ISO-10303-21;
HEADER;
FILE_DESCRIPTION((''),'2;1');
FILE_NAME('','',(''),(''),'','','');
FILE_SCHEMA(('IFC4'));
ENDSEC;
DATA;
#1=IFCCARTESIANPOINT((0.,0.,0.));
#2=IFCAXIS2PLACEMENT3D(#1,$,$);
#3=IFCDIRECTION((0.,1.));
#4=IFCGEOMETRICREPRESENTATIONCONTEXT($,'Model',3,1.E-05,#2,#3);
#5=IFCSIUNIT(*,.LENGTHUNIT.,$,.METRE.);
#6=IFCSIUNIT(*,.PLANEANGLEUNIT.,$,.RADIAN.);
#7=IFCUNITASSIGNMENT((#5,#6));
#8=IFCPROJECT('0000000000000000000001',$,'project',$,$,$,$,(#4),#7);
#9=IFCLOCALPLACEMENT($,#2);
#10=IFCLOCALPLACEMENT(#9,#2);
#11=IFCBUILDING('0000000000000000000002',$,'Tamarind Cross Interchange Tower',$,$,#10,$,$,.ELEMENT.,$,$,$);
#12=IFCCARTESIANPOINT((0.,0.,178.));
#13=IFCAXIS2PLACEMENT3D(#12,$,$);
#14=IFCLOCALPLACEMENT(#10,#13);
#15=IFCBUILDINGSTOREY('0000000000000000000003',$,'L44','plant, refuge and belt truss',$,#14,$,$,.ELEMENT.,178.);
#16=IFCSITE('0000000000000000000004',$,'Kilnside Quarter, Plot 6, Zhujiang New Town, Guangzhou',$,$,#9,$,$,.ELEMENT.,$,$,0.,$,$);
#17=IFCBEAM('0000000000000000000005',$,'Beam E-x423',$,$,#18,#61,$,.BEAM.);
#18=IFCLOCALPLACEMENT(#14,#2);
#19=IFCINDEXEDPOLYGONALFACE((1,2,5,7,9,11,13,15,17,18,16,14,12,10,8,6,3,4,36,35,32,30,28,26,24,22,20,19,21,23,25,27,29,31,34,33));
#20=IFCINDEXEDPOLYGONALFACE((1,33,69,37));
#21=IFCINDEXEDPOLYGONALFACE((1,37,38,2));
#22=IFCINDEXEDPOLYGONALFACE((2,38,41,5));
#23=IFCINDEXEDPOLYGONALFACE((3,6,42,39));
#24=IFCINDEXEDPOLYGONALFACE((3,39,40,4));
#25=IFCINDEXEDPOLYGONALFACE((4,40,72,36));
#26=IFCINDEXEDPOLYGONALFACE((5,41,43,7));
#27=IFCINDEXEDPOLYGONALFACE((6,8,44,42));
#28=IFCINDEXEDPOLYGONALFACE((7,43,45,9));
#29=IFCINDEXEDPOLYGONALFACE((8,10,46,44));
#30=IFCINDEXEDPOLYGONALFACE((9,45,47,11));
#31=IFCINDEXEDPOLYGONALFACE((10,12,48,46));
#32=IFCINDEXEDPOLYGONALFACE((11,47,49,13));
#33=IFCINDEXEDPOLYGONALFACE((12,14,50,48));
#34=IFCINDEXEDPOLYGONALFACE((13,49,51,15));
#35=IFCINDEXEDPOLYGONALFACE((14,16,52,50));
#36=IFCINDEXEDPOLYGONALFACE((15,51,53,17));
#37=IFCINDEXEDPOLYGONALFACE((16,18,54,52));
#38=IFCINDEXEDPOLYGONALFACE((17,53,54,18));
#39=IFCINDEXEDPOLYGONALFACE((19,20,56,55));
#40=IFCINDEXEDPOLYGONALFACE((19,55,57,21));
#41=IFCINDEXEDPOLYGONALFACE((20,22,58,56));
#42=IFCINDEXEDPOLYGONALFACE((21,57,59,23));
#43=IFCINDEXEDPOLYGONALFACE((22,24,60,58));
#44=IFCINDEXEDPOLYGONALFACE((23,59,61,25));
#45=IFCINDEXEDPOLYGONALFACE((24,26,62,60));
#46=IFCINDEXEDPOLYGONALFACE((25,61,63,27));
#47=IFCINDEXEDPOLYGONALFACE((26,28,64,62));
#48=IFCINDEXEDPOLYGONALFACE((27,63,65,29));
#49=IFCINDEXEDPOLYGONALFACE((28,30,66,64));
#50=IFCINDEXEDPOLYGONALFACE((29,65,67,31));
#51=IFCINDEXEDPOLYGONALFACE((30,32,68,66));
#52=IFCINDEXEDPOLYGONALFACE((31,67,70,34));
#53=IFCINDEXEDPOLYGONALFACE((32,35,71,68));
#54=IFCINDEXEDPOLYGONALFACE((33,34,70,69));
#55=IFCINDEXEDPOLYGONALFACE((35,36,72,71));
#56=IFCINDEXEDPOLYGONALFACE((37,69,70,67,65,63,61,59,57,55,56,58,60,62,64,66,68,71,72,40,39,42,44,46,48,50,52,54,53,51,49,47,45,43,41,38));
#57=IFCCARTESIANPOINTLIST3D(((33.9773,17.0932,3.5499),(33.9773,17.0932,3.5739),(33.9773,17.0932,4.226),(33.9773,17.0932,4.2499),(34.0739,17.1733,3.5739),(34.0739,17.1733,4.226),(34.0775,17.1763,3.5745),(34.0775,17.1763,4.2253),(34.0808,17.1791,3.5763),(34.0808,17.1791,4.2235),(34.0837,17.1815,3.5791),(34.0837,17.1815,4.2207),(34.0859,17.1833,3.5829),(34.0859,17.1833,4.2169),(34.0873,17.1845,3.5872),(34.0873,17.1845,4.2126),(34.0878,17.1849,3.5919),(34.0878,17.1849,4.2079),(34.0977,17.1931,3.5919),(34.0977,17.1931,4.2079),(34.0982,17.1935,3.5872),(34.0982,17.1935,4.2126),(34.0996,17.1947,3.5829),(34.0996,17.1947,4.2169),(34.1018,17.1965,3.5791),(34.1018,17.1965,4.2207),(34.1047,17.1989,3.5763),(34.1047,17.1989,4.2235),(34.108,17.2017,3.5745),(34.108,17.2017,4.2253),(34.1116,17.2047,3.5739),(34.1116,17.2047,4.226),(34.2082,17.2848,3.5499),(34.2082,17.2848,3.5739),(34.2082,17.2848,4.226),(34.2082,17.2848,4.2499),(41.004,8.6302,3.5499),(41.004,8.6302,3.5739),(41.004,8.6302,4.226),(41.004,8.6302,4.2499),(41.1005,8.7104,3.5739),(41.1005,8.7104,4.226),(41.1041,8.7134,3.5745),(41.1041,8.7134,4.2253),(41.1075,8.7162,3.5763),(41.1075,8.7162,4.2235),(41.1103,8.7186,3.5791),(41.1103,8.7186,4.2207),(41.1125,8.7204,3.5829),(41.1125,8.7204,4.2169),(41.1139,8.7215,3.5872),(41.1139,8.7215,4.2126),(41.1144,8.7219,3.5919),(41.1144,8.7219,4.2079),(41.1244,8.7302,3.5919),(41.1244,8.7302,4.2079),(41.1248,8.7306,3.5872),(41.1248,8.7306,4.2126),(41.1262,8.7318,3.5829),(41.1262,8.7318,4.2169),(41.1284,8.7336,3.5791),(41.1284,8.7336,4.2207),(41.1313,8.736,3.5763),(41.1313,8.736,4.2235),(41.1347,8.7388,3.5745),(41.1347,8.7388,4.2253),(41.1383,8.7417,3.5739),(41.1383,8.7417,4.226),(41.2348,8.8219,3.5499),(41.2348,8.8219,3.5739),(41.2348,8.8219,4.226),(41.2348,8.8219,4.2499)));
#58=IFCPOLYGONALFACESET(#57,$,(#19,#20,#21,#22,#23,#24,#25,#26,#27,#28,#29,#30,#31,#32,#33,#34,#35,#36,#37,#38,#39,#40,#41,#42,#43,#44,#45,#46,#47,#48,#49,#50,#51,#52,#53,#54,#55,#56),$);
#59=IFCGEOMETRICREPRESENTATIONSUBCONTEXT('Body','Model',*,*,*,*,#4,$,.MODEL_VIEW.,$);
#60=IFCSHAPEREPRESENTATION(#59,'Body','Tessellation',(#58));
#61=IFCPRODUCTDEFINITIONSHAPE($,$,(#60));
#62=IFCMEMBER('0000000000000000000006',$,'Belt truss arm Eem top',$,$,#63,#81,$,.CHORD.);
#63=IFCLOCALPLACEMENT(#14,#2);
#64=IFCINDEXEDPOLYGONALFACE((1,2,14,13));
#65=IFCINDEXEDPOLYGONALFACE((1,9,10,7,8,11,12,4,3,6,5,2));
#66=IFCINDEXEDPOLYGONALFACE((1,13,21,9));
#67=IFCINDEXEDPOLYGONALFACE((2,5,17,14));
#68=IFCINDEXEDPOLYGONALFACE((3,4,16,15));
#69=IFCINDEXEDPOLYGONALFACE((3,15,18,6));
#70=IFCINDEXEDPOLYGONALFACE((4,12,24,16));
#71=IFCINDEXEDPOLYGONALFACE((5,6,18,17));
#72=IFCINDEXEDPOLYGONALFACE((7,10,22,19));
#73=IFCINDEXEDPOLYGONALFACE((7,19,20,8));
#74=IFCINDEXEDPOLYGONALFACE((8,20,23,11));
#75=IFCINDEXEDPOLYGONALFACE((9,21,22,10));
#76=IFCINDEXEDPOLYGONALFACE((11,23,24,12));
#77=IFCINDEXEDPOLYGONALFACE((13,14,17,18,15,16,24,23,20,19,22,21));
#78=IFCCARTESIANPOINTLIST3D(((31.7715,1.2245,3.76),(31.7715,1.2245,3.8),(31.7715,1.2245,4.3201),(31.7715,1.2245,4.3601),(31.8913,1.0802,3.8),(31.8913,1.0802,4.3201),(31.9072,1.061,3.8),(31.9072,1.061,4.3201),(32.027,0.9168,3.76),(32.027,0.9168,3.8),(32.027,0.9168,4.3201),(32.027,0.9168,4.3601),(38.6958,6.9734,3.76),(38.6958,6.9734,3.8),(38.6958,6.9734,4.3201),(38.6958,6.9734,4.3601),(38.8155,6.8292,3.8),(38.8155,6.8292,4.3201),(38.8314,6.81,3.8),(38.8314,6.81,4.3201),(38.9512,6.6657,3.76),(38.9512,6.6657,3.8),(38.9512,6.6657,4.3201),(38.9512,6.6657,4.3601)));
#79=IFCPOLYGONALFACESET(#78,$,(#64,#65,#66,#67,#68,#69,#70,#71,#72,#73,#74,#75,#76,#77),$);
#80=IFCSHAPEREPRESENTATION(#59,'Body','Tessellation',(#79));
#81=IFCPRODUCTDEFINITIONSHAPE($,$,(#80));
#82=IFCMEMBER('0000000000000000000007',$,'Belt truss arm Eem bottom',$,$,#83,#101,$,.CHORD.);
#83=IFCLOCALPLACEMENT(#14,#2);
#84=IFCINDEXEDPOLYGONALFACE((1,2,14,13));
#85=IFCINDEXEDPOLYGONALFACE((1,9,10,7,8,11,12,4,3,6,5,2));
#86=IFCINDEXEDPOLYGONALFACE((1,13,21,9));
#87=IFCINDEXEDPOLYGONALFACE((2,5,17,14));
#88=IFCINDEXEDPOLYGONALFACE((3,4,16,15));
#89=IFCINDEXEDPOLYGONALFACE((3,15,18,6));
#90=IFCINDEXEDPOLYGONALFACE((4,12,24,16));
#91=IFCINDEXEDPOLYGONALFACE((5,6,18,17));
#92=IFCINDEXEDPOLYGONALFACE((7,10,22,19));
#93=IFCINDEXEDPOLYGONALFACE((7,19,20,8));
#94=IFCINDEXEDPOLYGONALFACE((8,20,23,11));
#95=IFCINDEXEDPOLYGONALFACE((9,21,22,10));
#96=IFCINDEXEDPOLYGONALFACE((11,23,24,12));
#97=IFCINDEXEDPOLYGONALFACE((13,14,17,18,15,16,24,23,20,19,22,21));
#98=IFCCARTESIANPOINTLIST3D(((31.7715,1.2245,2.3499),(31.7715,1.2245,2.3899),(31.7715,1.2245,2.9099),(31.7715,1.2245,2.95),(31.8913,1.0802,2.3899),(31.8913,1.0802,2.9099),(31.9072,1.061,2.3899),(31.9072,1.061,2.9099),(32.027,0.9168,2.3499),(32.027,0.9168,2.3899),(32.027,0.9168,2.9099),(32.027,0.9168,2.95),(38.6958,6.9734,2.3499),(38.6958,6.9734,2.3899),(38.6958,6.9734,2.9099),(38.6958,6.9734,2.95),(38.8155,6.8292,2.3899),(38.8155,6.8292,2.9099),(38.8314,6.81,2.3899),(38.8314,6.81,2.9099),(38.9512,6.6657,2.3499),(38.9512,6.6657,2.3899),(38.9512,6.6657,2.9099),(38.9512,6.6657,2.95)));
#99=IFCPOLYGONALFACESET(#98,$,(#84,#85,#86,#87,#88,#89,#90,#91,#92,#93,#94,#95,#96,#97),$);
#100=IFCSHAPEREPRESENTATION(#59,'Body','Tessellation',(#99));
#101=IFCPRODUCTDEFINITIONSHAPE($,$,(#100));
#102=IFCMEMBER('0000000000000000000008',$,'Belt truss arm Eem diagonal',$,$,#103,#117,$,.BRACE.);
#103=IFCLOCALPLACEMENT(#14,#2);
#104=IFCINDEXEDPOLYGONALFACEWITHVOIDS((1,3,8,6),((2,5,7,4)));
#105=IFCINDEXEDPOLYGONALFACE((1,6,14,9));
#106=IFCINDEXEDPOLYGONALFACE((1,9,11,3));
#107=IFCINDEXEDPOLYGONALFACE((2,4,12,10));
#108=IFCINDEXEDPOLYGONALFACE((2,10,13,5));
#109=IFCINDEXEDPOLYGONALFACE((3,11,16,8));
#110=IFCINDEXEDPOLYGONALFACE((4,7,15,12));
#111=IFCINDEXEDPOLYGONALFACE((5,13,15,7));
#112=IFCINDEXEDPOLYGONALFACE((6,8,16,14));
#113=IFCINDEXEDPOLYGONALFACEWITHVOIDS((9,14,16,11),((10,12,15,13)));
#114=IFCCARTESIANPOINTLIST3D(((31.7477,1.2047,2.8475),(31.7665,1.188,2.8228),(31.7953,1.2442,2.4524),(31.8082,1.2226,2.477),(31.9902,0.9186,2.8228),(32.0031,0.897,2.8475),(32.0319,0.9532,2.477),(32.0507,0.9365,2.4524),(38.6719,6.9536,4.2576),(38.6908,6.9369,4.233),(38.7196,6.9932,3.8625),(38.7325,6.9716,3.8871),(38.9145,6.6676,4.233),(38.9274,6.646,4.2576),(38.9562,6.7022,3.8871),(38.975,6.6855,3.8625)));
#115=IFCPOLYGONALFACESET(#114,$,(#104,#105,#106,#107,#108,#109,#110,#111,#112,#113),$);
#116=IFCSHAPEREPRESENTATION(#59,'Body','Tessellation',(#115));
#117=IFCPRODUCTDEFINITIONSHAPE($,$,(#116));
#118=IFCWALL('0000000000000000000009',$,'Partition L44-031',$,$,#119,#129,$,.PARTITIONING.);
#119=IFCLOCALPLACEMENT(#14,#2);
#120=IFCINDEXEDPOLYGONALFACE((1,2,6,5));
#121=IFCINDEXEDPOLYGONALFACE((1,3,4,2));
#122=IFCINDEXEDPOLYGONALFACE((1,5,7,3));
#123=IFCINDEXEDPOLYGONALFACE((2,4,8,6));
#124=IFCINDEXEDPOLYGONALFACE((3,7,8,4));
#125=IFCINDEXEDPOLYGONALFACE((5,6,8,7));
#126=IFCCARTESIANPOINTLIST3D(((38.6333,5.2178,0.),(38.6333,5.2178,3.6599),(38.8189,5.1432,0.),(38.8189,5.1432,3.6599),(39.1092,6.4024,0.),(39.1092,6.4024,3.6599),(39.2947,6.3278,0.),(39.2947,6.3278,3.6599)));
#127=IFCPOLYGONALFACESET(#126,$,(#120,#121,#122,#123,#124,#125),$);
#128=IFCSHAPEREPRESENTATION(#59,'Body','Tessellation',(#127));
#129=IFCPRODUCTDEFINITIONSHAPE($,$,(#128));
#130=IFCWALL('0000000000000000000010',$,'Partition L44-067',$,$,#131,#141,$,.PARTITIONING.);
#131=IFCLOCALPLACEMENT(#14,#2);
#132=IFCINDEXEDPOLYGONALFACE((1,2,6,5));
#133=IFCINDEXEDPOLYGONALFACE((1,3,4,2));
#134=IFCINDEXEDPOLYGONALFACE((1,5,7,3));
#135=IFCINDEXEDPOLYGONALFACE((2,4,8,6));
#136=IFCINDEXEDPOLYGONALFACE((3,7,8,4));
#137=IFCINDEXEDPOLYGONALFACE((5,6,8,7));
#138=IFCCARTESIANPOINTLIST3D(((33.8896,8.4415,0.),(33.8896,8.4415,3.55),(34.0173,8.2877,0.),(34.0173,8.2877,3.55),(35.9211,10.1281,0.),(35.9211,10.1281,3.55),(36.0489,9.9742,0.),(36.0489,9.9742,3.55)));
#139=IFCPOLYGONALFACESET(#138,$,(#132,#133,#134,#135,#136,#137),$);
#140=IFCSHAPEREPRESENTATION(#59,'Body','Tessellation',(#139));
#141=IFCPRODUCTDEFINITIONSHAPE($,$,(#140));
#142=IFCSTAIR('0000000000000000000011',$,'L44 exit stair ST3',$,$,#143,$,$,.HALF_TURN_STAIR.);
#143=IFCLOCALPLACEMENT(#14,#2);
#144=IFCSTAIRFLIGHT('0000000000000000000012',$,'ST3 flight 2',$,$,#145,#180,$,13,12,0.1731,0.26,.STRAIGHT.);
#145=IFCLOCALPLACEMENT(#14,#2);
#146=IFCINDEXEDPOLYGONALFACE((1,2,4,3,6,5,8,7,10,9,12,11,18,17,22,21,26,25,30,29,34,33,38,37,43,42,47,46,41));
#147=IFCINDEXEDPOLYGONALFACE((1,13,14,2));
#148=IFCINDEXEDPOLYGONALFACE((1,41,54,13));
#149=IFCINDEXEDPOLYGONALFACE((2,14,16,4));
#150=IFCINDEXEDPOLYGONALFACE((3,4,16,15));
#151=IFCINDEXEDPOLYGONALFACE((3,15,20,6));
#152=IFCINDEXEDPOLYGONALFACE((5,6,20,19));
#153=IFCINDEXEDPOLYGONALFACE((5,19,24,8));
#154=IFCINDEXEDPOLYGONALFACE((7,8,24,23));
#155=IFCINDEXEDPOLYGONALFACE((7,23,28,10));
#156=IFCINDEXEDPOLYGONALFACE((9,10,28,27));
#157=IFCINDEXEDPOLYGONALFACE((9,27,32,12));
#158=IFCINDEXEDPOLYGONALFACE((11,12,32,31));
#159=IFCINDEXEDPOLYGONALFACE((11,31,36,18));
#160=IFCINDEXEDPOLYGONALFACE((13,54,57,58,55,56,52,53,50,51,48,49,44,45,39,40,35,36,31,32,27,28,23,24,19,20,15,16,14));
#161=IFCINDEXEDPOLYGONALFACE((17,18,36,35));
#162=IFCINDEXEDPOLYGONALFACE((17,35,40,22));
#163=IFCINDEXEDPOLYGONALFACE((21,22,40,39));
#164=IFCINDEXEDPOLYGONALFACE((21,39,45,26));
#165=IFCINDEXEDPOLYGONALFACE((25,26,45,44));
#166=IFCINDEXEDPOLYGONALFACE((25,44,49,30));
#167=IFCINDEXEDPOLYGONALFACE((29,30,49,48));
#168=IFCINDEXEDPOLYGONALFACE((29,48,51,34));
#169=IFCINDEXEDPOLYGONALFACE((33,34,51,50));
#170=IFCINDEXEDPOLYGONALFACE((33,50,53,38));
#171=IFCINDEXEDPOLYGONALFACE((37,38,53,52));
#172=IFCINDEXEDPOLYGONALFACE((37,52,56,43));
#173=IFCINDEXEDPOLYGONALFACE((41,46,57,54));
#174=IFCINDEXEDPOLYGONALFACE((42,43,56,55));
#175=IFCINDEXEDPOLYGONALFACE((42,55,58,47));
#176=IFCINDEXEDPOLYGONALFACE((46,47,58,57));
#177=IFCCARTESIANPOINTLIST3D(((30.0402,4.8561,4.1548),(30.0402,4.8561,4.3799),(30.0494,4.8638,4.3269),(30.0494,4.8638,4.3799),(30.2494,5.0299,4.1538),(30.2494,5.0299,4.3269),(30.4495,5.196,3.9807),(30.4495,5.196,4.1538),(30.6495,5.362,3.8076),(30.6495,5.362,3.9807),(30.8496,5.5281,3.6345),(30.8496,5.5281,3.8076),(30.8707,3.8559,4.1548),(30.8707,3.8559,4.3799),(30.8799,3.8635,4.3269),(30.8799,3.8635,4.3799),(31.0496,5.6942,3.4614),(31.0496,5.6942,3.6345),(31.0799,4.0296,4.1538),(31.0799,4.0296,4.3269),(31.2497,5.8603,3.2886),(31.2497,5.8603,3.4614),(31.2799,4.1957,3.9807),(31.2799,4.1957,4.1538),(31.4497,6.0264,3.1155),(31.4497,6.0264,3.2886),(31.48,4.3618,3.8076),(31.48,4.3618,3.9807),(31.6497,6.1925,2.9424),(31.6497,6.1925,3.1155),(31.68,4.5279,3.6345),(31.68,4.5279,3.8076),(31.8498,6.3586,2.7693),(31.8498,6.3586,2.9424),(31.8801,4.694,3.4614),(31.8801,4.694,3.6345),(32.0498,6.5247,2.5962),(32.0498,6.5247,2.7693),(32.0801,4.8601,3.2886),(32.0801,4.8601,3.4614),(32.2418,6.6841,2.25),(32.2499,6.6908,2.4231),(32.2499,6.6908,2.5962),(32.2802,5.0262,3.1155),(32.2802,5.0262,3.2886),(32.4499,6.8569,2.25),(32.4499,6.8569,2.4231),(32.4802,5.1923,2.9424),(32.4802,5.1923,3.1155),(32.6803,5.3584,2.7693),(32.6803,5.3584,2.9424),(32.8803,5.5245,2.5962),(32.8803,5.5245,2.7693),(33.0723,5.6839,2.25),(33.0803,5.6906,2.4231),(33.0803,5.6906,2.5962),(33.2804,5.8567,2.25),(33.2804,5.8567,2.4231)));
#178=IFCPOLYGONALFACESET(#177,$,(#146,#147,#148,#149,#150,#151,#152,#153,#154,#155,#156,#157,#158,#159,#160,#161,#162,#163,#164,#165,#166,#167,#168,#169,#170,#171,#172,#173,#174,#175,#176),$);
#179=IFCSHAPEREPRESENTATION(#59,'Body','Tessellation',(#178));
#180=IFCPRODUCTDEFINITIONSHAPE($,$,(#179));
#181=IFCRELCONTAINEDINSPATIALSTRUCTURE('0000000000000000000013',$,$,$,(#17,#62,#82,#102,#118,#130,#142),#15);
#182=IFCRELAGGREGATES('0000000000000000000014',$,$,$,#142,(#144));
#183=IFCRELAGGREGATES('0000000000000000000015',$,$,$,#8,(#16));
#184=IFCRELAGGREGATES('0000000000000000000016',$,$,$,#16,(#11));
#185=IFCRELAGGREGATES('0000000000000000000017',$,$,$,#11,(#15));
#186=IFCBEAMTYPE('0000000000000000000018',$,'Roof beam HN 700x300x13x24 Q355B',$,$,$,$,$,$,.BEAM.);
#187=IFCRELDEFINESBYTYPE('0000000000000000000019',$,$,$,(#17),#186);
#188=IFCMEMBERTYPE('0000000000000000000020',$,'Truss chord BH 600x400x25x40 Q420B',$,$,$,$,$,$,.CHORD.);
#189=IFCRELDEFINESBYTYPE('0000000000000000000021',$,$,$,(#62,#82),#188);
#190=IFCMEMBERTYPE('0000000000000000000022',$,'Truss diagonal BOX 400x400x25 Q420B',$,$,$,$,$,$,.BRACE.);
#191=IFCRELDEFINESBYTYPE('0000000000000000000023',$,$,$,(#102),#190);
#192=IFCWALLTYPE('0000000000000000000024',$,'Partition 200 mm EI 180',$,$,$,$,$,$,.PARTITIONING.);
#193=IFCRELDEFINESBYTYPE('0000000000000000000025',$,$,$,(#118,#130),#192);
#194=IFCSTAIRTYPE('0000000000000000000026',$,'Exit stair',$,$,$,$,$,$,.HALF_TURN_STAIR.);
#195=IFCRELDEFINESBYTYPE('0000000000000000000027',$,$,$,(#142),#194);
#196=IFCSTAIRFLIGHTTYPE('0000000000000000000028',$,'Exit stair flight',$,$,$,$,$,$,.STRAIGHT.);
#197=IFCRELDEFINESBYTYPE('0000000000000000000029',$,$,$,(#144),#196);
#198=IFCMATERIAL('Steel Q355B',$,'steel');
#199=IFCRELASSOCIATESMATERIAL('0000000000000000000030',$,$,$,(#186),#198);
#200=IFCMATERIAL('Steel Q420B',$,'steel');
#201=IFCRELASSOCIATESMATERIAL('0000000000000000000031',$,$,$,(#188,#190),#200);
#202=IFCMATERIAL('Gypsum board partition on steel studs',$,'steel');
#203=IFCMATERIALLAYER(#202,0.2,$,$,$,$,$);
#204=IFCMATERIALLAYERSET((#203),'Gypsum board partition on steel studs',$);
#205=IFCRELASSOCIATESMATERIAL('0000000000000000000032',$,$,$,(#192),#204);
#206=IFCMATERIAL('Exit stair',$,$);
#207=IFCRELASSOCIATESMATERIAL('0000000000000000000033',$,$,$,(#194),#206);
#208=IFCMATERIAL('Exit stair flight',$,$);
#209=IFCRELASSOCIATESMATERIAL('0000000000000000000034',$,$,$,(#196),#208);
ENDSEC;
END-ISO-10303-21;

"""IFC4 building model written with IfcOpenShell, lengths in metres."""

from ifc_helpers import new_model, si_unit, direction, frame, frame_2d, origin, origin_2d, place, context, subcontext, project, spatial, polyline, rectangle, hollow_rectangle, i_section, outline, extrude, material, layer, layer_set, material_profile, profile_set, type_object, element, aggregate, save


model = new_model("IFC4")

# Units and contexts
model_context = context("Model", 3, precision=1e-05, world=origin(), true_north=direction((0.0, 1.0)))
body_context = subcontext(model_context, "Body", "Model", "MODEL_VIEW")
ifc_project = project(units=[si_unit("LENGTHUNIT", "METRE"), si_unit("PLANEANGLEUNIT", "RADIAN")], contexts=[model_context])

# Site, building, storey
site_placement = place(None, origin())
site = spatial("IfcSite", under=ifc_project, at=site_placement, Name="Kilnside Quarter, Plot 6, Zhujiang New Town, Guangzhou", CompositionType="ELEMENT", RefElevation=0.0)
building_placement = place(site_placement, origin())
building = spatial("IfcBuilding", under=site, at=building_placement, Name="Tamarind Cross Interchange Tower", CompositionType="ELEMENT")
storey_placement = place(building_placement, frame((0.0, 0.0, 178.0)))
storey = spatial("IfcBuildingStorey", under=building, at=storey_placement, Name="L44", Description="plant, refuge and belt truss", CompositionType="ELEMENT", Elevation=178.0)

# Beam
ifc_material_1 = material(Name="Steel Q355B", Category="steel")
ifc_material_profile_1 = material_profile(ifc_material_1, i_section(OverallWidth=0.3, OverallDepth=0.7, WebThickness=0.0129, FlangeThickness=0.0239, FilletRadius=0.0181, at=origin_2d()), Name="HN 700x300x13x24")
ifc_profile_set_1 = profile_set([ifc_material_profile_1], Name="Steel Q355B")
beam_type_1 = type_object("IfcBeamType", Name="Roof beam HN 700x300x13x24 Q355B", PredefinedType="BEAM", material=ifc_profile_set_1)
beam_1_placement = place(storey_placement, frame((41.1194, 8.7261, 3.8999), z_axis=(-0.638799, 0.769373, 0.0), x_axis=(-0.769373, -0.638799, 0.0)))
element("IfcBeam", 1, at=beam_1_placement, inside=storey, type_object=beam_type_1, Name="Beam E-x423", PredefinedType="BEAM", context=body_context, shape_type="SweptSolid", body=[
    extrude(i_section(OverallWidth=0.3, OverallDepth=0.7, WebThickness=0.0129, FlangeThickness=0.0239, FilletRadius=0.0181, at=origin_2d()), origin(), (0.0, 0.0, 1.0), 10.9998),
])

# Members
ifc_material_2 = material(Name="Steel Q420B", Category="steel")
ifc_material_profile_2 = material_profile(ifc_material_2, i_section(OverallWidth=0.3999, OverallDepth=0.6001, WebThickness=0.0249, FlangeThickness=0.04, at=origin_2d()), Name="BH 600x400x25x40")
ifc_profile_set_2 = profile_set([ifc_material_profile_2], Name="Steel Q420B")
member_type_1 = type_object("IfcMemberType", Name="Truss chord BH 600x400x25x40 Q420B", PredefinedType="CHORD", material=ifc_profile_set_2)
for number, where, z_axis, x_axis, name in (
    (2, (38.8235, 6.8196, 4.0601), (-0.769381, -0.638791, 0.0), (0.638791, -0.769381, 0.0), "Belt truss arm Eem top"),
    (3, (38.8235, 6.8196, 2.6499), (-0.769381, -0.638791, 0.0), (0.638791, -0.769381, 0.0), "Belt truss arm Eem bottom"),
):
    element("IfcMember", number, at=place(storey_placement, frame(where, z_axis=z_axis, x_axis=x_axis)), inside=storey, type_object=member_type_1, Name=name, PredefinedType="CHORD", context=body_context, shape_type="SweptSolid", body=[
        extrude(i_section(OverallWidth=0.3999, OverallDepth=0.6001, WebThickness=0.0249, FlangeThickness=0.04, at=origin_2d()), origin(), (0.0, 0.0, 1.0), 8.9998),
    ])
ifc_material_profile_3 = material_profile(ifc_material_2, hollow_rectangle(XDim=0.3999, YDim=0.3999, WallThickness=0.0249, at=origin_2d()), Name="BOX 400x400x25")
ifc_profile_set_3 = profile_set([ifc_material_profile_3], Name="Steel Q420B")
member_type_2 = type_object("IfcMemberType", Name="Truss diagonal BOX 400x400x25 Q420B", PredefinedType="BRACE", material=ifc_profile_set_3)
member_placement = place(storey_placement, frame((38.8235, 6.8196, 4.0601), z_axis=(-0.760107, -0.631091, -0.154798), x_axis=(0.638791, -0.769381, 0.0)))
element("IfcMember", 4, at=member_placement, inside=storey, type_object=member_type_2, Name="Belt truss arm Eem diagonal", PredefinedType="BRACE", context=body_context, shape_type="SweptSolid", body=[
    extrude(hollow_rectangle(XDim=0.3999, YDim=0.3999, WallThickness=0.0249, at=origin_2d()), origin(), (0.0, 0.0, 1.0), 9.1096),
])

# Walls
ifc_material_3 = material(Name="Gypsum board partition on steel studs", Category="steel")
ifc_layer = layer(ifc_material_3, 0.2)
ifc_layer_set = layer_set([ifc_layer], Name="Gypsum board partition on steel studs")
wall_type = type_object("IfcWallType", Name="Partition 200 mm EI 180", PredefinedType="PARTITIONING", material=ifc_layer_set)
wall_1_placement = place(storey_placement, frame((39.2019, 6.365, 0.0), z_axis=(0.0, 0.0, 1.0), x_axis=(-0.372742, -0.927935, 0.0)))
element("IfcWall", 5, at=wall_1_placement, inside=storey, type_object=wall_type, Name="Partition L44-031", PredefinedType="PARTITIONING", context=body_context, shape_type="SweptSolid", body=[
    extrude(rectangle(XDim=1.2766, YDim=0.2, at=frame_2d((0.6382, 0.0))), origin(), (0.0, 0.0, 1.0), 3.6599),
])
wall_2_placement = place(storey_placement, frame((33.9534, 8.3645, 0.0), z_axis=(0.0, 0.0, 1.0), x_axis=(0.76941, 0.638755, 0.0)))
element("IfcWall", 6, at=wall_2_placement, inside=storey, type_object=wall_type, Name="Partition L44-067", PredefinedType="PARTITIONING", context=body_context, shape_type="SweptSolid", body=[
    extrude(rectangle(XDim=2.6404, YDim=0.2, at=frame_2d((1.3203, 0.0))), origin(), (0.0, 0.0, 1.0), 3.55),
])

# Stair, stair flight
ifc_material_4 = material(Name="Exit stair")
stair_type = type_object("IfcStairType", Name="Exit stair", PredefinedType="HALF_TURN_STAIR", material=ifc_material_4)
stair_placement = place(storey_placement, origin())
stair = element("IfcStair", 7, at=stair_placement, inside=storey, type_object=stair_type, Name="L44 exit stair ST3", PredefinedType="HALF_TURN_STAIR")
ifc_material_5 = material(Name="Exit stair flight")
stair_flight_type = type_object("IfcStairFlightType", Name="Exit stair flight", PredefinedType="STRAIGHT", material=ifc_material_5)
stair_flight_placement = place(storey_placement, frame((32.8652, 6.3567, 2.25), z_axis=(0.0, 0.0, 1.0), x_axis=(-0.769373, -0.6388, 0.0)))
stair_flight = element("IfcStairFlight", 8, at=stair_flight_placement, type_object=stair_flight_type, Name="ST3 flight 2", NumberOfRisers=13, NumberOfTreads=12, PredefinedType="STRAIGHT", RiserHeight=0.1731, TreadLength=0.26, context=body_context, shape_type="SweptSolid", body=[
    extrude(outline(polyline([(0.0, 0.0), (0.0, 0.1731), (0.26, 0.1731), (0.26, 0.3462), (0.52, 0.3462), (0.52, 0.5193), (0.78, 0.5193), (0.78, 0.6924), (1.04, 0.6924), (1.04, 0.8655), (1.3, 0.8655), (1.3, 1.0386), (1.5601, 1.0386), (1.5601, 1.2114), (1.8201, 1.2114), (1.8201, 1.3845), (2.0801, 1.3845), (2.0801, 1.5576), (2.3401, 1.5576), (2.3401, 1.7307), (2.6001, 1.7307), (2.6001, 1.9038), (2.8601, 1.9038), (2.8601, 2.0769), (3.1201, 2.0769), (3.1201, 2.1299), (3.1321, 2.1299), (3.1321, 1.9048), (0.2705, 0.0), (0.0, 0.0)])), frame((0.0, 0.6499, 0.0), z_axis=(0.0, -1.0, 0.0), x_axis=(1.0, 0.0, 0.0)), (0.0, 0.0, 1.0), 1.3),
])
aggregate(stair, [stair_flight])

save(model, "model.ifc")
